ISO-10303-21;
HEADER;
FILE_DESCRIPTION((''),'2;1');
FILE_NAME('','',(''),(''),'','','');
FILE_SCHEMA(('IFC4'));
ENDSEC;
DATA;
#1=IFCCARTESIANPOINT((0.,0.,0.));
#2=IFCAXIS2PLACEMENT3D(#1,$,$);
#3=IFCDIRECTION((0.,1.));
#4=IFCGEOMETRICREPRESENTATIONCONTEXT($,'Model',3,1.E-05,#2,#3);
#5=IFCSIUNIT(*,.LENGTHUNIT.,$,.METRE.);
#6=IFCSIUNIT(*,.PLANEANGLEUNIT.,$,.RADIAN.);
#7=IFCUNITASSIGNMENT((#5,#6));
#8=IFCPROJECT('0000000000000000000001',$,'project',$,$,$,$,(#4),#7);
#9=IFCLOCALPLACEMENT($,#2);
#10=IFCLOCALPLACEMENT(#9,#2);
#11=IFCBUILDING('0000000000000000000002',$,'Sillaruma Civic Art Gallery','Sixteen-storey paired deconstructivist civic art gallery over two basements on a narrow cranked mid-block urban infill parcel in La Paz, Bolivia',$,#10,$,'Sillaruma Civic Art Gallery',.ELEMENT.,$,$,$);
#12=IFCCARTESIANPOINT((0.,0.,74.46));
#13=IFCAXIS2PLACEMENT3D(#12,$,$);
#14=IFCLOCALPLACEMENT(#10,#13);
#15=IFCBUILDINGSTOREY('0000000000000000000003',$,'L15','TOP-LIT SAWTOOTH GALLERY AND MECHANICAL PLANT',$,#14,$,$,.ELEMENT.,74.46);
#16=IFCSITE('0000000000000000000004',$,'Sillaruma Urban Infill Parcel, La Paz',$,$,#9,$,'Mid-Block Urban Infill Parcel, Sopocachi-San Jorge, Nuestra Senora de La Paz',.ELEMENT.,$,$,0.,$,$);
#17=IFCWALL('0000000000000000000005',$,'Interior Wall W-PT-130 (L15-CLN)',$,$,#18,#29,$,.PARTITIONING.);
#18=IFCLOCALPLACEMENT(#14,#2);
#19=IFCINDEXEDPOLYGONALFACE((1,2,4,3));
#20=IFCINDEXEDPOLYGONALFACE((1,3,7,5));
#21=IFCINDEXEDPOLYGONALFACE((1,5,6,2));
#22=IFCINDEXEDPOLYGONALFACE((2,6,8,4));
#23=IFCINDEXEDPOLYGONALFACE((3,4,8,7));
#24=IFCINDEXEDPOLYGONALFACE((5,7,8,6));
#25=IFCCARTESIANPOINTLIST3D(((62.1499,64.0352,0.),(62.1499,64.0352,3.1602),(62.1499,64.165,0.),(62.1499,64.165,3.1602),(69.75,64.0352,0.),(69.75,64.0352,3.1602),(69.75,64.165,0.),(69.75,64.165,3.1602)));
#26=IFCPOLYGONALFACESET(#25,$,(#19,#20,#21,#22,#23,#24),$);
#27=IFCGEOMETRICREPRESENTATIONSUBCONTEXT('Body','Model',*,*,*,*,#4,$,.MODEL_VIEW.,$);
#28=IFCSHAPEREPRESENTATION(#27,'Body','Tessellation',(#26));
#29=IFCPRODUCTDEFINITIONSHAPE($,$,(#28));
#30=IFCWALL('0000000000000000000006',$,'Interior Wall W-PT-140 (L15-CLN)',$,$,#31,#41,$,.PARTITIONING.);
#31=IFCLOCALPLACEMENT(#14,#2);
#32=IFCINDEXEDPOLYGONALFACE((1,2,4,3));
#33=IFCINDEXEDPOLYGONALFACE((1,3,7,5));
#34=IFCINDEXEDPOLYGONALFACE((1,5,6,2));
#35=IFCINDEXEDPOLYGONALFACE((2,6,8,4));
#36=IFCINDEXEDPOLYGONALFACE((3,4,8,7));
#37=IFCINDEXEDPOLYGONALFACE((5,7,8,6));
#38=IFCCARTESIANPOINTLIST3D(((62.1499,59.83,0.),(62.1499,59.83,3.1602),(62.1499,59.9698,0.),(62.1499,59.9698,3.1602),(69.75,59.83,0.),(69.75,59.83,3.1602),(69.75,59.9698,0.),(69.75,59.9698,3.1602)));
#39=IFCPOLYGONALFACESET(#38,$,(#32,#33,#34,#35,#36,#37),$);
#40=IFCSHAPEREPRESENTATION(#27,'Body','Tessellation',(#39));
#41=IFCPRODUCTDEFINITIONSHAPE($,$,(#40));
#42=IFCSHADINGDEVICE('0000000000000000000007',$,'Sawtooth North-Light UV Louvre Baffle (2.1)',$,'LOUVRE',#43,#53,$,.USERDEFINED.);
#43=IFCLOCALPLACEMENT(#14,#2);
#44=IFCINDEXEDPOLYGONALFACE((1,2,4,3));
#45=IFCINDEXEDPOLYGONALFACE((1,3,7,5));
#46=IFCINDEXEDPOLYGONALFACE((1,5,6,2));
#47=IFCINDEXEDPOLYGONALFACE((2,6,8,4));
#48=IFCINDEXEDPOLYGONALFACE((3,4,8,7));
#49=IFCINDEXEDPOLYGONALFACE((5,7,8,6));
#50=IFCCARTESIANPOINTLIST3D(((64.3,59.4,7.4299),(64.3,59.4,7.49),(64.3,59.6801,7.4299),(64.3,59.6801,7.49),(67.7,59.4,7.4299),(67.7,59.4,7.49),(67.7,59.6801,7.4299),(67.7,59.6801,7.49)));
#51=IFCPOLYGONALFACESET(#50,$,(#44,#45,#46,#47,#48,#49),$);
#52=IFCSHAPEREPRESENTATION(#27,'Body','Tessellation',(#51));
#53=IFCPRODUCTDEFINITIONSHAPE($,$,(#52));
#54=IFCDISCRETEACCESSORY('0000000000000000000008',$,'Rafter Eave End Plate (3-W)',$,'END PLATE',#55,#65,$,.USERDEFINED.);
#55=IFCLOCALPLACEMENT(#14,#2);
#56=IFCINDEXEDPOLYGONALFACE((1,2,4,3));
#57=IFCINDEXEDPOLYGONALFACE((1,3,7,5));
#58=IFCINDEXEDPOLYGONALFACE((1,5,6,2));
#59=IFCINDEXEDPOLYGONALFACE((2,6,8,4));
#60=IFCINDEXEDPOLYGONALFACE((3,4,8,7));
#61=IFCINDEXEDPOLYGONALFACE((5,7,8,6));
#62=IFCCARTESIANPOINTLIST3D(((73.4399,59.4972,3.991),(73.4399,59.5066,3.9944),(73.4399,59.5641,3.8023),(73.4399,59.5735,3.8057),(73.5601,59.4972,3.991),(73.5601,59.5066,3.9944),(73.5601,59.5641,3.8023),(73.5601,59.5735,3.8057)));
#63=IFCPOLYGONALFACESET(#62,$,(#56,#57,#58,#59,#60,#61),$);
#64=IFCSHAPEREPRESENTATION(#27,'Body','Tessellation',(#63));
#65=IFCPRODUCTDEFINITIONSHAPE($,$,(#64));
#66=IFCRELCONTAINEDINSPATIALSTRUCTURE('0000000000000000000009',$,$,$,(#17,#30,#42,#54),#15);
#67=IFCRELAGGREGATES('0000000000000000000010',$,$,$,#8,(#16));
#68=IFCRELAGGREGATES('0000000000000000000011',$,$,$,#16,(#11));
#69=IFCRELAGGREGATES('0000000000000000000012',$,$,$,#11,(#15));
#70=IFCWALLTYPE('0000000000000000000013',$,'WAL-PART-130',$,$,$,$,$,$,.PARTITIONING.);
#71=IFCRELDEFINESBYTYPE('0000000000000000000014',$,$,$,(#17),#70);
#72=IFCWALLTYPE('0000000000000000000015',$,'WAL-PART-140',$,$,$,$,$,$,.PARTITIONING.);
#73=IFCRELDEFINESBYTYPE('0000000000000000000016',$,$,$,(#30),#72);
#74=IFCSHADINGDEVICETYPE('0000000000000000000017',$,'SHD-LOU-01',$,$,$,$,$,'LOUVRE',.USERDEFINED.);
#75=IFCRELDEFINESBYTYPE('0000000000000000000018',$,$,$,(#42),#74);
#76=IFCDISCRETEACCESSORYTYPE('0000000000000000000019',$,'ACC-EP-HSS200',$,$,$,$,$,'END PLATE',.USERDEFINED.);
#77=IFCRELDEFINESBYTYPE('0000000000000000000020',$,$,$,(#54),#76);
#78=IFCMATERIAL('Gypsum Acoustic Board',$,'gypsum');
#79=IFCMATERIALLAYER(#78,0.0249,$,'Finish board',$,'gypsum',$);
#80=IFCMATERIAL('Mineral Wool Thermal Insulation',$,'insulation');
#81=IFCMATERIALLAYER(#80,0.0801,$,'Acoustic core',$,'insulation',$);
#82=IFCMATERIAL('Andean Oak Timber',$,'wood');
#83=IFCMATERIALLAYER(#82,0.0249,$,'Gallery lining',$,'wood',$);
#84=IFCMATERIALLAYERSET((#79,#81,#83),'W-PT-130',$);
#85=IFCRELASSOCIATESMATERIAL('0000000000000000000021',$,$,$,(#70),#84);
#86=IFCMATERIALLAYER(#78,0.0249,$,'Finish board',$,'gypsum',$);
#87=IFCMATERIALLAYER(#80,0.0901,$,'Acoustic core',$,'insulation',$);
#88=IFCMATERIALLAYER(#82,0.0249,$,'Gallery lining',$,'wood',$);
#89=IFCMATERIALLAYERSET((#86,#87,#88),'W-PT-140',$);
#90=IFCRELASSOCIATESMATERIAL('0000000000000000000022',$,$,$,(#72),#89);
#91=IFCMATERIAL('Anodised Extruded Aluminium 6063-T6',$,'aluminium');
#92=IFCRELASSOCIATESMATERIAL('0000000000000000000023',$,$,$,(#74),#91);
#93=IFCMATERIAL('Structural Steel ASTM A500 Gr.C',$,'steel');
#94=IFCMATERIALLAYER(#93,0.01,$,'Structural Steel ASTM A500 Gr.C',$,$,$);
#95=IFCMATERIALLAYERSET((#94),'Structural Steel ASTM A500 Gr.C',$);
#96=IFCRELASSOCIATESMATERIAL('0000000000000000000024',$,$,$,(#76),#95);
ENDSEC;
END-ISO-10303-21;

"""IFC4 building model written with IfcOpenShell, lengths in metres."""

from ifc_helpers import new_model, si_unit, direction, frame, frame_2d, origin, origin_2d, place, context, subcontext, project, spatial, polyline, rectangle, outline, extrude, material, layer, layer_set, type_object, element, save


model = new_model("IFC4")

# Units and contexts
model_context = context("Model", 3, precision=1e-05, world=origin(), true_north=direction((0.0, 1.0)))
body_context = subcontext(model_context, "Body", "Model", "MODEL_VIEW")
ifc_project = project(units=[si_unit("LENGTHUNIT", "METRE"), si_unit("PLANEANGLEUNIT", "RADIAN")], contexts=[model_context])

# Site, building, storey
site_placement = place(None, origin())
site = spatial("IfcSite", under=ifc_project, at=site_placement, Name="Sillaruma Urban Infill Parcel, La Paz", LongName="Mid-Block Urban Infill Parcel, Sopocachi-San Jorge, Nuestra Senora de La Paz", CompositionType="ELEMENT", RefElevation=0.0)
building_placement = place(site_placement, origin())
building = spatial("IfcBuilding", under=site, at=building_placement, Name="Sillaruma Civic Art Gallery", Description="Sixteen-storey paired deconstructivist civic art gallery over two basements on a narrow cranked mid-block urban infill parcel in La Paz, Bolivia", LongName="Sillaruma Civic Art Gallery", CompositionType="ELEMENT")
storey_placement = place(building_placement, frame((0.0, 0.0, 74.46)))
storey = spatial("IfcBuildingStorey", under=building, at=storey_placement, Name="L15", Description="TOP-LIT SAWTOOTH GALLERY AND MECHANICAL PLANT", CompositionType="ELEMENT", Elevation=74.46)

# Shared definitions
ifc_material_1 = material(Name="Structural Steel ASTM A500 Gr.C", Category="steel")

# Shared definitions
ifc_material_2 = material(Name="Mineral Wool Thermal Insulation", Category="insulation")

# Shared definitions
ifc_material_3 = material(Name="Gypsum Acoustic Board", Category="gypsum")
ifc_material_4 = material(Name="Andean Oak Timber", Category="wood")

# Walls
ifc_layer_1 = layer(ifc_material_3, 0.0249, Name="Finish board", Category="gypsum")
ifc_layer_2 = layer(ifc_material_2, 0.0801, Name="Acoustic core", Category="insulation")
ifc_layer_3 = layer(ifc_material_4, 0.0249, Name="Gallery lining", Category="wood")
ifc_layer_set_1 = layer_set([ifc_layer_1, ifc_layer_2, ifc_layer_3], Name="W-PT-130")
wall_type_1 = type_object("IfcWallType", Name="WAL-PART-130", PredefinedType="PARTITIONING", material=ifc_layer_set_1)
wall_1_placement = place(storey_placement, frame((62.1499, 64.1001, 0.0), z_axis=(0.0, 0.0, 1.0), x_axis=(1.0, 0.0, 0.0)))
element("IfcWall", 1, at=wall_1_placement, inside=storey, type_object=wall_type_1, Name="Interior Wall W-PT-130 (L15-CLN)", PredefinedType="PARTITIONING", context=body_context, shape_type="SweptSolid", body=[
    extrude(rectangle(XDim=7.6001, YDim=0.1299, at=frame_2d((3.8, 0.0))), origin(), (0.0, 0.0, 1.0), 3.1602),
])
ifc_layer_4 = layer(ifc_material_3, 0.0249, Name="Finish board", Category="gypsum")
ifc_layer_5 = layer(ifc_material_2, 0.0901, Name="Acoustic core", Category="insulation")
ifc_layer_6 = layer(ifc_material_4, 0.0249, Name="Gallery lining", Category="wood")
ifc_layer_set_2 = layer_set([ifc_layer_4, ifc_layer_5, ifc_layer_6], Name="W-PT-140")
wall_type_2 = type_object("IfcWallType", Name="WAL-PART-140", PredefinedType="PARTITIONING", material=ifc_layer_set_2)
wall_2_placement = place(storey_placement, frame((62.1499, 59.8999, 0.0), z_axis=(0.0, 0.0, 1.0), x_axis=(1.0, 0.0, 0.0)))
element("IfcWall", 2, at=wall_2_placement, inside=storey, type_object=wall_type_2, Name="Interior Wall W-PT-140 (L15-CLN)", PredefinedType="PARTITIONING", context=body_context, shape_type="SweptSolid", body=[
    extrude(rectangle(XDim=7.6001, YDim=0.1399, at=frame_2d((3.8, 0.0))), origin(), (0.0, 0.0, 1.0), 3.1602),
])

# Shading device
ifc_material_5 = material(Name="Anodised Extruded Aluminium 6063-T6", Category="aluminium")
shading_device_type = type_object("IfcShadingDeviceType", Name="SHD-LOU-01", ElementType="LOUVRE", PredefinedType="USERDEFINED", material=ifc_material_5)
shading_device_placement = place(storey_placement, frame((66.0, 59.54, 7.4299), z_axis=(0.0, 0.0, 1.0), x_axis=(1.0, 0.0, 0.0)))
element("IfcShadingDevice", 3, at=shading_device_placement, inside=storey, type_object=shading_device_type, Name="Sawtooth North-Light UV Louvre Baffle (2.1)", ObjectType="LOUVRE", PredefinedType="USERDEFINED", context=body_context, shape_type="SweptSolid", body=[
    extrude(rectangle(XDim=3.3999, YDim=0.28, at=origin_2d()), origin(), (0.0, 0.0, 1.0), 0.0601),
])

# Discrete accessory
ifc_layer_7 = layer(ifc_material_1, 0.01, Name="Structural Steel ASTM A500 Gr.C")
ifc_layer_set_3 = layer_set([ifc_layer_7], Name="Structural Steel ASTM A500 Gr.C")
discrete_accessory_type = type_object("IfcDiscreteAccessoryType", Name="ACC-EP-HSS200", ElementType="END PLATE", PredefinedType="USERDEFINED", material=ifc_layer_set_3)
discrete_accessory_placement = place(storey_placement, frame((73.5601, 59.5735, 3.8057), z_axis=(0.0, 0.942539, 0.334095), x_axis=(-1.0, 0.0, 0.0)))
element("IfcDiscreteAccessory", 4, at=discrete_accessory_placement, inside=storey, type_object=discrete_accessory_type, Name="Rafter Eave End Plate (3-W)", ObjectType="END PLATE", PredefinedType="USERDEFINED", context=body_context, shape_type="SweptSolid", body=[
    extrude(outline(polyline([(0.0, 0.0), (0.1201, 0.0), (0.1201, 0.2002), (0.0, 0.2002), (0.0, 0.0)])), origin(), (0.0, 0.0, -1.0), 0.01),
])

save(model, "model.ifc")
